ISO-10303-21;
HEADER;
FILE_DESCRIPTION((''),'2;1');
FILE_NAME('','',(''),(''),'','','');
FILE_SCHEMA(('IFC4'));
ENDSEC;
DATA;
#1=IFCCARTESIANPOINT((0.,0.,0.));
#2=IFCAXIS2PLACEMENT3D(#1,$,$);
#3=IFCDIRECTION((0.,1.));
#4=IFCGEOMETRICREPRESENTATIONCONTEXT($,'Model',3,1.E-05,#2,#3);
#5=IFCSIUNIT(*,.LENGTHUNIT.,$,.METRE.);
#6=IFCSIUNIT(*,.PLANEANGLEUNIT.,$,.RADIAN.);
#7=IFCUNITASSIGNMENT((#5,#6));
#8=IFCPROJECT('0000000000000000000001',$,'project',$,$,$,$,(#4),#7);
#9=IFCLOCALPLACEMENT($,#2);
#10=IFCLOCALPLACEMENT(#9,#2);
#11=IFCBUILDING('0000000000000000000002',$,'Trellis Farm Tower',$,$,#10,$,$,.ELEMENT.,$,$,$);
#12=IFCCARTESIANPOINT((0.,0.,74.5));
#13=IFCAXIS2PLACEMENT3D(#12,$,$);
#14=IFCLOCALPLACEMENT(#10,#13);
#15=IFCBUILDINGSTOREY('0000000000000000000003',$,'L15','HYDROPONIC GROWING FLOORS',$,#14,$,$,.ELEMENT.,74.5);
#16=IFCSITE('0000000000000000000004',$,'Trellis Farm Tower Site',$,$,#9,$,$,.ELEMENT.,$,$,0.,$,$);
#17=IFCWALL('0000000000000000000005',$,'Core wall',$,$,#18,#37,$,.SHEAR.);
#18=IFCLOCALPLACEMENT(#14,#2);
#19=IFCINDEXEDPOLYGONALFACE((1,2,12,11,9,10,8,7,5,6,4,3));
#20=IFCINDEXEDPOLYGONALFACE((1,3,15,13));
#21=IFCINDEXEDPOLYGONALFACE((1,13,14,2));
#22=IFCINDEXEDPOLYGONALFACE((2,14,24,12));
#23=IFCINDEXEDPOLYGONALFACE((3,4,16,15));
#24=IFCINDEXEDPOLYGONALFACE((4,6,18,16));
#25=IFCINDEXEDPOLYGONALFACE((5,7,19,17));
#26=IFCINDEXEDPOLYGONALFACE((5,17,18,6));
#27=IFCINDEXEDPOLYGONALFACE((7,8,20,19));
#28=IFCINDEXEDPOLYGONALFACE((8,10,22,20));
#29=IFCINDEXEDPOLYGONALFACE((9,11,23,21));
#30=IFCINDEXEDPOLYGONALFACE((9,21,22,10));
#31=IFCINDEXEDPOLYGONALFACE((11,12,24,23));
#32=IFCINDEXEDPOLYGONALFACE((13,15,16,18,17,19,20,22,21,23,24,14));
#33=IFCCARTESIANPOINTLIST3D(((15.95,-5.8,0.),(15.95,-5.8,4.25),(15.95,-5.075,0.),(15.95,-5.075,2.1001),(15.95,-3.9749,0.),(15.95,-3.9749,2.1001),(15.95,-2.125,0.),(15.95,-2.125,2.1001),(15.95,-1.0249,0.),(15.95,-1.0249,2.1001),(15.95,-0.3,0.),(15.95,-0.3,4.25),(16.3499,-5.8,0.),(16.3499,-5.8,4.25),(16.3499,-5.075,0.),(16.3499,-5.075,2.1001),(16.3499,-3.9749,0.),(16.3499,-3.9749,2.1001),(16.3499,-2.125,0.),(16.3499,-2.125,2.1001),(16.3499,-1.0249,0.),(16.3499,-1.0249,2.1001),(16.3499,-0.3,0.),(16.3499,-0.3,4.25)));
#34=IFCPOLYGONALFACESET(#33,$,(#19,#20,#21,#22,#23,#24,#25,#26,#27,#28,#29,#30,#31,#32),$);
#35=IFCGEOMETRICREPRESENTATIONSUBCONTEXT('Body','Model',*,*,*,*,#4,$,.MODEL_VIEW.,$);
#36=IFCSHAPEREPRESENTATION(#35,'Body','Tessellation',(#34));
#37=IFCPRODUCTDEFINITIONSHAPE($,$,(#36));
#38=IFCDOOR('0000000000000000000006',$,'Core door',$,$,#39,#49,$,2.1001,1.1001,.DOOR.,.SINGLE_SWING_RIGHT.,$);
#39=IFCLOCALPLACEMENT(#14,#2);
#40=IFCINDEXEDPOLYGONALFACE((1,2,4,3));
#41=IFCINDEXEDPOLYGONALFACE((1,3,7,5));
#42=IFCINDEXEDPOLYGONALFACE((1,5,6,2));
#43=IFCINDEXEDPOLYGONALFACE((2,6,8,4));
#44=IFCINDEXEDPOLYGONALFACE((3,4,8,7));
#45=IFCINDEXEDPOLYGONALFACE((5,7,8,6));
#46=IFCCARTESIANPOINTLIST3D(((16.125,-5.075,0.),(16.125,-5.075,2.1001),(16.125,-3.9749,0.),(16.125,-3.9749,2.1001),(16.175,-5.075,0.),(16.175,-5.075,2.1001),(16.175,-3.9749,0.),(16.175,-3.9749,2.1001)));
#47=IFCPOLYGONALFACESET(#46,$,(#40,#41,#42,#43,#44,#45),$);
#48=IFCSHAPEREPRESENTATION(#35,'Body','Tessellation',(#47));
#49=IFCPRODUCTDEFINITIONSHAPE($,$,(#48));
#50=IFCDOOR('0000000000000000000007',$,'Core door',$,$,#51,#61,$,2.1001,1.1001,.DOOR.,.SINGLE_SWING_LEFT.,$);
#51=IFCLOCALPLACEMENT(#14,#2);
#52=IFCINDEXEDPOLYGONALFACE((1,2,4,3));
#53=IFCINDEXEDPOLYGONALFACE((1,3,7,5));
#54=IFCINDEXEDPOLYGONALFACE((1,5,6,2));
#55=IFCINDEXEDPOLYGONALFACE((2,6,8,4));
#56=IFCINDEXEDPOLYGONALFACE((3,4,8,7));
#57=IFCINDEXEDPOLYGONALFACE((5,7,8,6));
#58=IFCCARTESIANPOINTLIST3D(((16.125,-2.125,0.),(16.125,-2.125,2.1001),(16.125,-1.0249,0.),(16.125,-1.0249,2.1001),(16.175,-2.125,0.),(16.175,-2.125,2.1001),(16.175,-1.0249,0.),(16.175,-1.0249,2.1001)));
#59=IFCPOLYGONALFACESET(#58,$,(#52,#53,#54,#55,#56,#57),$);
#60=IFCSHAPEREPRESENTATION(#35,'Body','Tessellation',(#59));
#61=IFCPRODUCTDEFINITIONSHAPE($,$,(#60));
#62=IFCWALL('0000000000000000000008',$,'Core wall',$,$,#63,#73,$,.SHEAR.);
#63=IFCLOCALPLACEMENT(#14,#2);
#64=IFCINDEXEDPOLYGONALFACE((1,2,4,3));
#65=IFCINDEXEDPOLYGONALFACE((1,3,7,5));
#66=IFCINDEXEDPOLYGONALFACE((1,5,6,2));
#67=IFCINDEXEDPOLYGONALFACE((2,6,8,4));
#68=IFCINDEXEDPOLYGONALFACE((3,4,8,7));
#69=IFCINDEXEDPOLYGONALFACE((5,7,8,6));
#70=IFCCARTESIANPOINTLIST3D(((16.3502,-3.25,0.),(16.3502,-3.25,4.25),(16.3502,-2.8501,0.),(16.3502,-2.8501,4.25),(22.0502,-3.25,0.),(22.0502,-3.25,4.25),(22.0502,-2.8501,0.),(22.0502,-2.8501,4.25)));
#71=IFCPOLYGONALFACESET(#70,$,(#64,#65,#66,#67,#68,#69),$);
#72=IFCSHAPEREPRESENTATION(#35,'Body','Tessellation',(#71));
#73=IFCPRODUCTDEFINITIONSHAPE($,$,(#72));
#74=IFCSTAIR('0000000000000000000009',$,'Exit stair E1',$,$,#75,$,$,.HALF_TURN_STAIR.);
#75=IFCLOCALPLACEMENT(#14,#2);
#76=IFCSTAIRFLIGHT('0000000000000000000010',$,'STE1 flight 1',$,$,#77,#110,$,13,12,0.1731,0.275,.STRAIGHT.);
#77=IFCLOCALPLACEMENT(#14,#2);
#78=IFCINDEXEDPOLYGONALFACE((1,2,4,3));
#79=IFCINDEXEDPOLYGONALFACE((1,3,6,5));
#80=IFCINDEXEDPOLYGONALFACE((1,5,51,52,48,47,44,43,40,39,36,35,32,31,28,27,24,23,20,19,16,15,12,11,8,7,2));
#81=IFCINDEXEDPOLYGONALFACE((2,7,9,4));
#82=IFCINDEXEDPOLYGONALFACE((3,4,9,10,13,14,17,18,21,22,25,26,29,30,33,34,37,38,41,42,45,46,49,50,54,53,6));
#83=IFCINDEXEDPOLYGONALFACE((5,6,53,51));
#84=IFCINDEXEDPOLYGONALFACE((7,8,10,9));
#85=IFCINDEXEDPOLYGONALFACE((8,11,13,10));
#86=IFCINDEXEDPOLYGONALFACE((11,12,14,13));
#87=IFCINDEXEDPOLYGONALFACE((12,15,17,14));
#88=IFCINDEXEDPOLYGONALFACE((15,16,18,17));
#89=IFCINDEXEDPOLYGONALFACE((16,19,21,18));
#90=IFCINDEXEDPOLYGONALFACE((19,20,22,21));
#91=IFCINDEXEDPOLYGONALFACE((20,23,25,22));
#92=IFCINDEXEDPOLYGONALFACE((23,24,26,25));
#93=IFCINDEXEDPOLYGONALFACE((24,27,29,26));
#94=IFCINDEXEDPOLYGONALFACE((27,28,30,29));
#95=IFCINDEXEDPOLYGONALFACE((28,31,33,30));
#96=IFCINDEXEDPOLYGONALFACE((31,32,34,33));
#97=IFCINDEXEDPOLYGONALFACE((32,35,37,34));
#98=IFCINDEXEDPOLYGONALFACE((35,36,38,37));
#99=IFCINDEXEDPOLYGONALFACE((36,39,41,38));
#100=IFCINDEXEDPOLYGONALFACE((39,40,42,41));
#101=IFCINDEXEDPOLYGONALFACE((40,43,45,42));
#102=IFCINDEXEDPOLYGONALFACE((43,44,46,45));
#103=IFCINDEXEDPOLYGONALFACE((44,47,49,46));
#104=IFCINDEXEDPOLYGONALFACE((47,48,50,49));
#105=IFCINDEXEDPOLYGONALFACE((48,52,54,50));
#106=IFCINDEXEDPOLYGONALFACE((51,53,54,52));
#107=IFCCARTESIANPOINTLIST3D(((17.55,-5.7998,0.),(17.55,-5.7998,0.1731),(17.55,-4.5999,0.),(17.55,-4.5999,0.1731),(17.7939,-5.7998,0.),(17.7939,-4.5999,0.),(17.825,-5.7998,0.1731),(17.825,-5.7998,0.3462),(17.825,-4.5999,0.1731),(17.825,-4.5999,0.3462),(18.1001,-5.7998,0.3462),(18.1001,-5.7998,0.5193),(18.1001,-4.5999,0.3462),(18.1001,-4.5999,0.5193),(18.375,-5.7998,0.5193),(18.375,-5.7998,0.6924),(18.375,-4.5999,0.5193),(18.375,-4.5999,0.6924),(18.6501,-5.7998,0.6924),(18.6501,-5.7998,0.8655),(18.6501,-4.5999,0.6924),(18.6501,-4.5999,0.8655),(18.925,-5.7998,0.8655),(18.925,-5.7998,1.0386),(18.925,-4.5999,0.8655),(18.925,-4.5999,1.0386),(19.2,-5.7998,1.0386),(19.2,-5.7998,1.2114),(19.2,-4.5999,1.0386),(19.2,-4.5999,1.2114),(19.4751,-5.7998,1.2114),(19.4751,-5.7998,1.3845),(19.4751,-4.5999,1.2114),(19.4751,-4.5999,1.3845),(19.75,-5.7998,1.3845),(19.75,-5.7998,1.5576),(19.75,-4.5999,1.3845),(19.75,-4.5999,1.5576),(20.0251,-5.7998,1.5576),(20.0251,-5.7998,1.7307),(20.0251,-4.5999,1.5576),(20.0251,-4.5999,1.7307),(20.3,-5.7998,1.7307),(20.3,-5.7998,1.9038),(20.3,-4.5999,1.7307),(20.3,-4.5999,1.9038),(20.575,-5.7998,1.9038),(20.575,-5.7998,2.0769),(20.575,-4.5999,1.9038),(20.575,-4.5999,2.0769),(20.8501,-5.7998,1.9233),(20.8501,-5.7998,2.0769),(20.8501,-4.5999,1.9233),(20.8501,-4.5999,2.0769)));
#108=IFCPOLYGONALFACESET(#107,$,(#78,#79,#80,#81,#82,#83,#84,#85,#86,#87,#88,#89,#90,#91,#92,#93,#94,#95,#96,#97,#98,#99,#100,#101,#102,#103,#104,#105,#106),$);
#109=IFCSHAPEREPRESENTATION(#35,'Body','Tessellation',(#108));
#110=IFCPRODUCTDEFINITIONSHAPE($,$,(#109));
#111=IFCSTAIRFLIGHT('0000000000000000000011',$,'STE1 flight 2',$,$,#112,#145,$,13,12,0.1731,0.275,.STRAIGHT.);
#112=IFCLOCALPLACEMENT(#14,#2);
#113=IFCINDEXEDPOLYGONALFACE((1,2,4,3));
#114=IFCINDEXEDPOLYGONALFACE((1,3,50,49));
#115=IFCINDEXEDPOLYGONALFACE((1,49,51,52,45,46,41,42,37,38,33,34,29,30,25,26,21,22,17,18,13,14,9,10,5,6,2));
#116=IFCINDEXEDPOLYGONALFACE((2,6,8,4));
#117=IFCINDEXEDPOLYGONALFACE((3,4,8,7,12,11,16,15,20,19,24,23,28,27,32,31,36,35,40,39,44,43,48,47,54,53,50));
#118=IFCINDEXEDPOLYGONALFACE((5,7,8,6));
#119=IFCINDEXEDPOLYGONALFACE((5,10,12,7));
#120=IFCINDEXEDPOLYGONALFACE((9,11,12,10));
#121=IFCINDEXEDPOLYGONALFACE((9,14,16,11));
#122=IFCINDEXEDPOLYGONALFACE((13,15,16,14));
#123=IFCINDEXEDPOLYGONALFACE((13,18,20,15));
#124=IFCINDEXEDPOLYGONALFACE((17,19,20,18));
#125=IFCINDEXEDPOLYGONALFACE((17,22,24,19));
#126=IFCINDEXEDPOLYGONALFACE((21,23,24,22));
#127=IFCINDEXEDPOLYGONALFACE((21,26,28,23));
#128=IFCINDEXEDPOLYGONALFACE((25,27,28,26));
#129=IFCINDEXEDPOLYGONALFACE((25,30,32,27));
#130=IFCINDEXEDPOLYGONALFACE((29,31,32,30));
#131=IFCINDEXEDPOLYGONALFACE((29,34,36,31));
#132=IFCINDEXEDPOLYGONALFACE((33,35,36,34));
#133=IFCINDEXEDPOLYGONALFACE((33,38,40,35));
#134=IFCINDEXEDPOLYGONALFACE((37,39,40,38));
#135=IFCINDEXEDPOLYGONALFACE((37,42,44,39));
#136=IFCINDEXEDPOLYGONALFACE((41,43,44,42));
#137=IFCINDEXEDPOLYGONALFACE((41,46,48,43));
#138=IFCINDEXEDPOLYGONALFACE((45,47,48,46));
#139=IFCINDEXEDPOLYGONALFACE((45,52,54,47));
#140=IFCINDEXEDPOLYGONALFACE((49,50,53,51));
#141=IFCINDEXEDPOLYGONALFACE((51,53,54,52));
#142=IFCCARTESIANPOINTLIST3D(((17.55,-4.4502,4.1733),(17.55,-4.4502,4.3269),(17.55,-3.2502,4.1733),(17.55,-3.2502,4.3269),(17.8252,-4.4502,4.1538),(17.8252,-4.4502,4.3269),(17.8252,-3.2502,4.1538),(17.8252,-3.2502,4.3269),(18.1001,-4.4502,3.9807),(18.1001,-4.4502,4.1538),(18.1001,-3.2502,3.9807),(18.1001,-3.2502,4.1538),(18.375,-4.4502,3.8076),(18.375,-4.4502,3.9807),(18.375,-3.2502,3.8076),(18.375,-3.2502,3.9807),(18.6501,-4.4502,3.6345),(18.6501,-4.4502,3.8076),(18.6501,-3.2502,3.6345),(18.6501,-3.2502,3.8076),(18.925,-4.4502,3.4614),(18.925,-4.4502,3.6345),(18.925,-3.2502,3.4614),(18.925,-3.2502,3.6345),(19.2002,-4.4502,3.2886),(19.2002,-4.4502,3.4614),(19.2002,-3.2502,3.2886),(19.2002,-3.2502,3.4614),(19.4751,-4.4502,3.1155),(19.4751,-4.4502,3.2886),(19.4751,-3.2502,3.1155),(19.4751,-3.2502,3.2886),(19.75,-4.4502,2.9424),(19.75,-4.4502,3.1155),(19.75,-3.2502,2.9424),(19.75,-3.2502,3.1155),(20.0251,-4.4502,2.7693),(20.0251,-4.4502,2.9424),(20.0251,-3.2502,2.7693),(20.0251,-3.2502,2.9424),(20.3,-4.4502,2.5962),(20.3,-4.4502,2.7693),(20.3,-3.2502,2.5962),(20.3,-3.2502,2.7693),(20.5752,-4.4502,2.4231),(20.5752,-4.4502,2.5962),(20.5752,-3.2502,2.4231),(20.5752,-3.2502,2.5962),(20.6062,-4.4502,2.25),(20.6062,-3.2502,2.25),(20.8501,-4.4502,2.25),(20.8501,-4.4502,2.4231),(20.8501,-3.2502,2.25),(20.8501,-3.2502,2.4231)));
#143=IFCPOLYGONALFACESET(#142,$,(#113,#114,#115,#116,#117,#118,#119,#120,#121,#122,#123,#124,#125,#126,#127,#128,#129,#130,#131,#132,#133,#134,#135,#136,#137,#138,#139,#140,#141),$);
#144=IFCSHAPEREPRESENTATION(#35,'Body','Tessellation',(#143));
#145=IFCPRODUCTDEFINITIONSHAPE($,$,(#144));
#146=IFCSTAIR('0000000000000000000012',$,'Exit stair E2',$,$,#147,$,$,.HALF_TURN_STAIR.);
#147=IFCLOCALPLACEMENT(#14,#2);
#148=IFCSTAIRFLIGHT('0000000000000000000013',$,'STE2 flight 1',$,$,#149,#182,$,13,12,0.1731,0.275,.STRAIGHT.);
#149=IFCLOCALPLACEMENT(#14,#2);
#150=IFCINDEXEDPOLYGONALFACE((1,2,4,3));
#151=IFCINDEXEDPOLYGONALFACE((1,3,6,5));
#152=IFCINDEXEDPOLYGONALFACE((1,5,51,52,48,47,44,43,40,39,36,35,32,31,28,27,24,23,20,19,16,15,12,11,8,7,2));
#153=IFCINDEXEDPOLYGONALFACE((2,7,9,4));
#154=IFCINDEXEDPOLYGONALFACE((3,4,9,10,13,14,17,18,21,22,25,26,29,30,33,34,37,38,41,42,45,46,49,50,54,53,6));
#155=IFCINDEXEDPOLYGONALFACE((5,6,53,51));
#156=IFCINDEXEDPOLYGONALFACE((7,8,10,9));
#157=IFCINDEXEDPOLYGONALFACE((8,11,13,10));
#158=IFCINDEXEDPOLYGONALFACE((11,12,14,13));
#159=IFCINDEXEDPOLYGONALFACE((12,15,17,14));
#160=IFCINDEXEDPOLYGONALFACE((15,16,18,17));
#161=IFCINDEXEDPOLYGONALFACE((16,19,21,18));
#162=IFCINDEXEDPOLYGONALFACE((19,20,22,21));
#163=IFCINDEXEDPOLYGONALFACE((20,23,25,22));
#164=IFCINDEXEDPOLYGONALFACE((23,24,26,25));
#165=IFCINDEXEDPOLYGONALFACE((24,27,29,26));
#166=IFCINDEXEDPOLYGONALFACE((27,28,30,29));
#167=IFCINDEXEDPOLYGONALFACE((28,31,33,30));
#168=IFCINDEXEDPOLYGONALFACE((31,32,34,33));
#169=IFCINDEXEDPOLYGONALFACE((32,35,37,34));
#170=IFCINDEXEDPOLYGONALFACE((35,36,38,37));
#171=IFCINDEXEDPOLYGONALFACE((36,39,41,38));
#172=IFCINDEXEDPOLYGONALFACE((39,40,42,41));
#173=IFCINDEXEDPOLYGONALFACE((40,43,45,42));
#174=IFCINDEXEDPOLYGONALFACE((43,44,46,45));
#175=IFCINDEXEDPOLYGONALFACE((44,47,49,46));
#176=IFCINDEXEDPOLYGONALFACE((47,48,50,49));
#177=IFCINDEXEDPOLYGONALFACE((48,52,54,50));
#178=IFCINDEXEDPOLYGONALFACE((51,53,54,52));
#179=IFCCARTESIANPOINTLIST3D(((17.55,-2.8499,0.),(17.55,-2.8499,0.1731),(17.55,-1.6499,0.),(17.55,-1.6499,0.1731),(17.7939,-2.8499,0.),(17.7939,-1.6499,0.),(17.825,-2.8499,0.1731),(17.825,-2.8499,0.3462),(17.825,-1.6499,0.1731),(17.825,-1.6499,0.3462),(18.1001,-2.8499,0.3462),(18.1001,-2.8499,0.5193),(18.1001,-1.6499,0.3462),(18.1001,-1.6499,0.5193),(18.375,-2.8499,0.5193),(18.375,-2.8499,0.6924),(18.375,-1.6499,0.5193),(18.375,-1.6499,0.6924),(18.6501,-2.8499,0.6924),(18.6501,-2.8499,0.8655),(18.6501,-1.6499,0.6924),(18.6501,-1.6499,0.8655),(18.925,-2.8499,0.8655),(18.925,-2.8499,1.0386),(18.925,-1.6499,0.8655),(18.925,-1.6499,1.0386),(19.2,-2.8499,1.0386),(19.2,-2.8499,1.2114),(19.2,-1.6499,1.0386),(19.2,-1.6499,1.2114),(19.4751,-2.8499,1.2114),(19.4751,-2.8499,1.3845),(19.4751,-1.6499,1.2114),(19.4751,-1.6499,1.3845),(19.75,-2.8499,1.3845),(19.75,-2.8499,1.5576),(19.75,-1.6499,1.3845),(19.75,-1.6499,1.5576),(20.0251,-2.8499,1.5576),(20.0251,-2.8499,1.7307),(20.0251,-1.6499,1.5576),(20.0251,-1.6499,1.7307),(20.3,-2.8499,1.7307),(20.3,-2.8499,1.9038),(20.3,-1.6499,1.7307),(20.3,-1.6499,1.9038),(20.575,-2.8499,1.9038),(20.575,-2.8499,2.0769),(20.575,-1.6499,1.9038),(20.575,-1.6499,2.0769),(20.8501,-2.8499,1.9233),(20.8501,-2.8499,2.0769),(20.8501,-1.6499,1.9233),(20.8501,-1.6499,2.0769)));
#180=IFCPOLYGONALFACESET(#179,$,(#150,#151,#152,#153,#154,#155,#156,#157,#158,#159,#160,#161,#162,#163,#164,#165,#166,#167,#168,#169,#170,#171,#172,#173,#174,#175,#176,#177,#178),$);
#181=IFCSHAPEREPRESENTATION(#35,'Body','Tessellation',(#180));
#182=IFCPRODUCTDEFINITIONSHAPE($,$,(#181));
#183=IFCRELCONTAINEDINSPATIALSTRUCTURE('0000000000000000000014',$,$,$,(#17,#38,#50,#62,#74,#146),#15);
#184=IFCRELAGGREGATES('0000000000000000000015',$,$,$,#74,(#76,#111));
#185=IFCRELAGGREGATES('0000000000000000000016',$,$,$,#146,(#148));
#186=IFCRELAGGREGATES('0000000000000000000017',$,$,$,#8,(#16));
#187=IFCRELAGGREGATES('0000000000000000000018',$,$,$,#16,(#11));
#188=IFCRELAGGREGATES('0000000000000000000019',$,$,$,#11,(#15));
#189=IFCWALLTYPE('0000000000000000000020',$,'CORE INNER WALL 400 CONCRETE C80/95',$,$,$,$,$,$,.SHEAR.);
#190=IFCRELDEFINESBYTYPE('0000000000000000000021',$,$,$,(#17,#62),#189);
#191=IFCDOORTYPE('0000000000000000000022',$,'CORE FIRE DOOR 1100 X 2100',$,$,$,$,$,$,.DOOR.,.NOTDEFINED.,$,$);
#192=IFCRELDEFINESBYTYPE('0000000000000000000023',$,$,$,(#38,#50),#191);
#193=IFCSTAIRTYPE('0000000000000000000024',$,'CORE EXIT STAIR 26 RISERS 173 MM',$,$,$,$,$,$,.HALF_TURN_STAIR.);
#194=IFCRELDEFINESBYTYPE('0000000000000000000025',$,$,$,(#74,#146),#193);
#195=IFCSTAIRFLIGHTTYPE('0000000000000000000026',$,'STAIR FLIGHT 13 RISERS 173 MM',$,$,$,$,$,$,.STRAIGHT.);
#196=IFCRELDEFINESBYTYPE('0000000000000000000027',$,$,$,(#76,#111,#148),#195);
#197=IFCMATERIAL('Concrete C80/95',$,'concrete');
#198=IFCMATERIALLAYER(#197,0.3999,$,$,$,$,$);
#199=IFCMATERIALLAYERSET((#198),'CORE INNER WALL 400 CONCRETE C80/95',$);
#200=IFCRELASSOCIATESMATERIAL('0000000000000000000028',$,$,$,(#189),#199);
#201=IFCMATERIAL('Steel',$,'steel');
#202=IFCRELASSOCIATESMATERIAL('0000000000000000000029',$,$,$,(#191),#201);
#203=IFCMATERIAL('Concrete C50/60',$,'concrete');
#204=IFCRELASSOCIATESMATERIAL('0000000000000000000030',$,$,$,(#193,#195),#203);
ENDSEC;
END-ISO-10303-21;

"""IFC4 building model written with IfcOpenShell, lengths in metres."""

from ifc_helpers import new_model, si_unit, direction, frame, frame_2d, origin, place, context, subcontext, project, spatial, polyline, rectangle, outline, extrude, source, transform, mapped, material, layer, layer_set, type_object, element, fill, aggregate, save


model = new_model("IFC4")

# Units and contexts
model_context = context("Model", 3, precision=1e-05, world=origin(), true_north=direction((0.0, 1.0)))
body_context = subcontext(model_context, "Body", "Model", "MODEL_VIEW")
ifc_project = project(units=[si_unit("LENGTHUNIT", "METRE"), si_unit("PLANEANGLEUNIT", "RADIAN")], contexts=[model_context])

# Site, building, storey
site_placement = place(None, origin())
site = spatial("IfcSite", under=ifc_project, at=site_placement, Name="Trellis Farm Tower Site", CompositionType="ELEMENT", RefElevation=0.0)
building_placement = place(site_placement, origin())
building = spatial("IfcBuilding", under=site, at=building_placement, Name="Trellis Farm Tower", CompositionType="ELEMENT")
storey_placement = place(building_placement, frame((0.0, 0.0, 74.5)))
storey = spatial("IfcBuildingStorey", under=building, at=storey_placement, Name="L15", Description="HYDROPONIC GROWING FLOORS", CompositionType="ELEMENT", Elevation=74.5)

# Shared definitions
ifc_material_1 = material(Name="Concrete C80/95", Category="concrete")

# Shared definitions
placement = place(storey_placement, origin())

# Shared definitions
ifc_layer_1 = layer(ifc_material_1, 0.3999)
ifc_layer_set_1 = layer_set([ifc_layer_1], Name="CORE INNER WALL 400 CONCRETE C80/95")
wall_type_1 = type_object("IfcWallType", Name="CORE INNER WALL 400 CONCRETE C80/95", PredefinedType="SHEAR", material=ifc_layer_set_1)

# Wall, openings, doors
shared_shape_1 = source(origin(), body_context, "Body", "SweptSolid", [
    extrude(rectangle(XDim=5.5, YDim=0.3999, at=frame_2d((2.75, 0.0))), origin(), (0.0, 0.0, 1.0), 4.25),
])
wall_1_placement = place(storey_placement, frame((16.1499, -5.8, 0.0), z_axis=(0.0, 0.0, 1.0), x_axis=(0.0, 1.0, 0.0)))
wall_1 = element("IfcWall", 1, at=wall_1_placement, inside=storey, type_object=wall_type_1, Name="Core wall", PredefinedType="SHEAR", context=body_context, shape_type="MappedRepresentation", body=[
    mapped(shared_shape_1, transform((0.0, 0.0, 0.0))),
])
shared_shape_2 = source(origin(), body_context, "Body", "SweptSolid", [
    extrude(rectangle(XDim=1.1001, YDim=2.1001, at=frame_2d((0.55, 1.05))), frame((0.0, 0.21, 0.0), z_axis=(0.0, -1.0, 0.0), x_axis=(1.0, 0.0, 0.0)), (0.0, 0.0, 1.0), 0.4199),
])
opening_1_placement = place(wall_1_placement, frame((0.7251, 0.0, 0.0)))
opening_1 = element("IfcOpeningElement", 2, at=opening_1_placement, cuts=wall_1, PredefinedType="OPENING", context=body_context, shape_type="MappedRepresentation", body=[
    mapped(shared_shape_2, transform((0.0, 0.0, 0.0))),
])
opening_2_placement = place(wall_1_placement, frame((3.675, 0.0, 0.0)))
opening_2 = element("IfcOpeningElement", 3, at=opening_2_placement, cuts=wall_1, PredefinedType="OPENING", context=body_context, shape_type="MappedRepresentation", body=[
    mapped(shared_shape_2, transform((0.0, 0.0, 0.0))),
])
ifc_material_2 = material(Name="Steel", Category="steel")
door_type = type_object("IfcDoorType", Name="CORE FIRE DOOR 1100 X 2100", OperationType="NOTDEFINED", PredefinedType="DOOR", material=ifc_material_2)
shared_shape_3 = source(origin(), body_context, "Body", "SweptSolid", [
    extrude(rectangle(XDim=1.1001, YDim=2.1001, at=frame_2d((0.55, 1.05))), frame((0.0, 0.0249, 0.0), z_axis=(0.0, -1.0, 0.0), x_axis=(1.0, 0.0, 0.0)), (0.0, 0.0, 1.0), 0.05),
])
door_1_placement = place(opening_1_placement, origin())
door_1 = element("IfcDoor", 4, at=door_1_placement, inside=storey, type_object=door_type, Name="Core door", OperationType="SINGLE_SWING_RIGHT", OverallHeight=2.1001, OverallWidth=1.1001, PredefinedType="DOOR", context=body_context, shape_type="MappedRepresentation", body=[
    mapped(shared_shape_3, transform((0.0, 0.0, 0.0))),
])
fill(opening_1, door_1)
door_2_placement = place(opening_2_placement, origin())
door_2 = element("IfcDoor", 5, at=door_2_placement, inside=storey, type_object=door_type, Name="Core door", OperationType="SINGLE_SWING_LEFT", OverallHeight=2.1001, OverallWidth=1.1001, PredefinedType="DOOR", context=body_context, shape_type="MappedRepresentation", body=[
    mapped(shared_shape_3, transform((0.0, 0.0, 0.0))),
])
fill(opening_2, door_2)

# Wall
shared_shape_4 = source(origin(), body_context, "Body", "SweptSolid", [
    extrude(rectangle(XDim=5.7, YDim=0.3999, at=frame_2d((2.8501, 0.0))), origin(), (0.0, 0.0, 1.0), 4.25),
])
wall_2_placement = place(storey_placement, frame((16.3501, -3.05, 0.0), z_axis=(0.0, 0.0, 1.0), x_axis=(1.0, 0.0, 0.0)))
element("IfcWall", 6, at=wall_2_placement, inside=storey, type_object=wall_type_1, Name="Core wall", PredefinedType="SHEAR", context=body_context, shape_type="MappedRepresentation", body=[
    mapped(shared_shape_4, transform((0.0, 0.0, 0.0))),
])

# Stairs, stair flights
ifc_material_3 = material(Name="Concrete C50/60", Category="concrete")
stair_type = type_object("IfcStairType", Name="CORE EXIT STAIR 26 RISERS 173 MM", PredefinedType="HALF_TURN_STAIR", material=ifc_material_3)
stair_1 = element("IfcStair", 7, at=placement, inside=storey, type_object=stair_type, Name="Exit stair E1", PredefinedType="HALF_TURN_STAIR")
stair_flight_type = type_object("IfcStairFlightType", Name="STAIR FLIGHT 13 RISERS 173 MM", PredefinedType="STRAIGHT", material=ifc_material_3)
shared_shape_5 = source(origin(), body_context, "Body", "SweptSolid", [
    extrude(outline(polyline([(0.0, 0.0), (0.0, 0.1731), (0.2749, 0.1731), (0.2749, 0.3462), (0.55, 0.3462), (0.55, 0.5193), (0.825, 0.5193), (0.825, 0.6924), (1.1001, 0.6924), (1.1001, 0.8655), (1.375, 0.8655), (1.375, 1.0386), (1.6499, 1.0386), (1.6499, 1.2114), (1.925, 1.2114), (1.925, 1.3845), (2.2, 1.3845), (2.2, 1.5576), (2.4751, 1.5576), (2.4751, 1.7307), (2.75, 1.7307), (2.75, 1.9038), (3.0249, 1.9038), (3.0249, 2.0769), (3.3, 2.0769), (3.3, 2.25), (3.3, 1.9233), (0.2439, 0.0), (0.0, 0.0)])), frame((0.0, 0.6001, 0.0), z_axis=(0.0, -1.0, 0.0), x_axis=(1.0, 0.0, 0.0)), (0.0, 0.0, 1.0), 1.2),
])
stair_flight_1_placement = place(storey_placement, frame((17.55, -5.2, 0.0), z_axis=(0.0, 0.0, 1.0), x_axis=(1.0, 0.0, 0.0)))
stair_flight_1 = element("IfcStairFlight", 8, at=stair_flight_1_placement, type_object=stair_flight_type, Name="STE1 flight 1", NumberOfRisers=13, NumberOfTreads=12, PredefinedType="STRAIGHT", RiserHeight=0.1731, TreadLength=0.275, context=body_context, shape_type="MappedRepresentation", body=[
    mapped(shared_shape_5, transform((0.0, 0.0, 0.0))),
])
stair_flight_2_placement = place(storey_placement, frame((20.8501, -3.8501, 2.25), z_axis=(0.0, 0.0, 1.0), x_axis=(-1.0, 0.0, 0.0)))
stair_flight_2 = element("IfcStairFlight", 9, at=stair_flight_2_placement, type_object=stair_flight_type, Name="STE1 flight 2", NumberOfRisers=13, NumberOfTreads=12, PredefinedType="STRAIGHT", RiserHeight=0.1731, TreadLength=0.275, context=body_context, shape_type="MappedRepresentation", body=[
    mapped(shared_shape_5, transform((0.0, 0.0, 0.0))),
])
aggregate(stair_1, [stair_flight_1, stair_flight_2])
stair_2 = element("IfcStair", 10, at=placement, inside=storey, type_object=stair_type, Name="Exit stair E2", PredefinedType="HALF_TURN_STAIR")
stair_flight_3_placement = place(storey_placement, frame((17.55, -2.25, 0.0), z_axis=(0.0, 0.0, 1.0), x_axis=(1.0, 0.0, 0.0)))
stair_flight_3 = element("IfcStairFlight", 11, at=stair_flight_3_placement, type_object=stair_flight_type, Name="STE2 flight 1", NumberOfRisers=13, NumberOfTreads=12, PredefinedType="STRAIGHT", RiserHeight=0.1731, TreadLength=0.275, context=body_context, shape_type="MappedRepresentation", body=[
    mapped(shared_shape_5, transform((0.0, 0.0, 0.0))),
])
aggregate(stair_2, [stair_flight_3])

save(model, "model.ifc")
